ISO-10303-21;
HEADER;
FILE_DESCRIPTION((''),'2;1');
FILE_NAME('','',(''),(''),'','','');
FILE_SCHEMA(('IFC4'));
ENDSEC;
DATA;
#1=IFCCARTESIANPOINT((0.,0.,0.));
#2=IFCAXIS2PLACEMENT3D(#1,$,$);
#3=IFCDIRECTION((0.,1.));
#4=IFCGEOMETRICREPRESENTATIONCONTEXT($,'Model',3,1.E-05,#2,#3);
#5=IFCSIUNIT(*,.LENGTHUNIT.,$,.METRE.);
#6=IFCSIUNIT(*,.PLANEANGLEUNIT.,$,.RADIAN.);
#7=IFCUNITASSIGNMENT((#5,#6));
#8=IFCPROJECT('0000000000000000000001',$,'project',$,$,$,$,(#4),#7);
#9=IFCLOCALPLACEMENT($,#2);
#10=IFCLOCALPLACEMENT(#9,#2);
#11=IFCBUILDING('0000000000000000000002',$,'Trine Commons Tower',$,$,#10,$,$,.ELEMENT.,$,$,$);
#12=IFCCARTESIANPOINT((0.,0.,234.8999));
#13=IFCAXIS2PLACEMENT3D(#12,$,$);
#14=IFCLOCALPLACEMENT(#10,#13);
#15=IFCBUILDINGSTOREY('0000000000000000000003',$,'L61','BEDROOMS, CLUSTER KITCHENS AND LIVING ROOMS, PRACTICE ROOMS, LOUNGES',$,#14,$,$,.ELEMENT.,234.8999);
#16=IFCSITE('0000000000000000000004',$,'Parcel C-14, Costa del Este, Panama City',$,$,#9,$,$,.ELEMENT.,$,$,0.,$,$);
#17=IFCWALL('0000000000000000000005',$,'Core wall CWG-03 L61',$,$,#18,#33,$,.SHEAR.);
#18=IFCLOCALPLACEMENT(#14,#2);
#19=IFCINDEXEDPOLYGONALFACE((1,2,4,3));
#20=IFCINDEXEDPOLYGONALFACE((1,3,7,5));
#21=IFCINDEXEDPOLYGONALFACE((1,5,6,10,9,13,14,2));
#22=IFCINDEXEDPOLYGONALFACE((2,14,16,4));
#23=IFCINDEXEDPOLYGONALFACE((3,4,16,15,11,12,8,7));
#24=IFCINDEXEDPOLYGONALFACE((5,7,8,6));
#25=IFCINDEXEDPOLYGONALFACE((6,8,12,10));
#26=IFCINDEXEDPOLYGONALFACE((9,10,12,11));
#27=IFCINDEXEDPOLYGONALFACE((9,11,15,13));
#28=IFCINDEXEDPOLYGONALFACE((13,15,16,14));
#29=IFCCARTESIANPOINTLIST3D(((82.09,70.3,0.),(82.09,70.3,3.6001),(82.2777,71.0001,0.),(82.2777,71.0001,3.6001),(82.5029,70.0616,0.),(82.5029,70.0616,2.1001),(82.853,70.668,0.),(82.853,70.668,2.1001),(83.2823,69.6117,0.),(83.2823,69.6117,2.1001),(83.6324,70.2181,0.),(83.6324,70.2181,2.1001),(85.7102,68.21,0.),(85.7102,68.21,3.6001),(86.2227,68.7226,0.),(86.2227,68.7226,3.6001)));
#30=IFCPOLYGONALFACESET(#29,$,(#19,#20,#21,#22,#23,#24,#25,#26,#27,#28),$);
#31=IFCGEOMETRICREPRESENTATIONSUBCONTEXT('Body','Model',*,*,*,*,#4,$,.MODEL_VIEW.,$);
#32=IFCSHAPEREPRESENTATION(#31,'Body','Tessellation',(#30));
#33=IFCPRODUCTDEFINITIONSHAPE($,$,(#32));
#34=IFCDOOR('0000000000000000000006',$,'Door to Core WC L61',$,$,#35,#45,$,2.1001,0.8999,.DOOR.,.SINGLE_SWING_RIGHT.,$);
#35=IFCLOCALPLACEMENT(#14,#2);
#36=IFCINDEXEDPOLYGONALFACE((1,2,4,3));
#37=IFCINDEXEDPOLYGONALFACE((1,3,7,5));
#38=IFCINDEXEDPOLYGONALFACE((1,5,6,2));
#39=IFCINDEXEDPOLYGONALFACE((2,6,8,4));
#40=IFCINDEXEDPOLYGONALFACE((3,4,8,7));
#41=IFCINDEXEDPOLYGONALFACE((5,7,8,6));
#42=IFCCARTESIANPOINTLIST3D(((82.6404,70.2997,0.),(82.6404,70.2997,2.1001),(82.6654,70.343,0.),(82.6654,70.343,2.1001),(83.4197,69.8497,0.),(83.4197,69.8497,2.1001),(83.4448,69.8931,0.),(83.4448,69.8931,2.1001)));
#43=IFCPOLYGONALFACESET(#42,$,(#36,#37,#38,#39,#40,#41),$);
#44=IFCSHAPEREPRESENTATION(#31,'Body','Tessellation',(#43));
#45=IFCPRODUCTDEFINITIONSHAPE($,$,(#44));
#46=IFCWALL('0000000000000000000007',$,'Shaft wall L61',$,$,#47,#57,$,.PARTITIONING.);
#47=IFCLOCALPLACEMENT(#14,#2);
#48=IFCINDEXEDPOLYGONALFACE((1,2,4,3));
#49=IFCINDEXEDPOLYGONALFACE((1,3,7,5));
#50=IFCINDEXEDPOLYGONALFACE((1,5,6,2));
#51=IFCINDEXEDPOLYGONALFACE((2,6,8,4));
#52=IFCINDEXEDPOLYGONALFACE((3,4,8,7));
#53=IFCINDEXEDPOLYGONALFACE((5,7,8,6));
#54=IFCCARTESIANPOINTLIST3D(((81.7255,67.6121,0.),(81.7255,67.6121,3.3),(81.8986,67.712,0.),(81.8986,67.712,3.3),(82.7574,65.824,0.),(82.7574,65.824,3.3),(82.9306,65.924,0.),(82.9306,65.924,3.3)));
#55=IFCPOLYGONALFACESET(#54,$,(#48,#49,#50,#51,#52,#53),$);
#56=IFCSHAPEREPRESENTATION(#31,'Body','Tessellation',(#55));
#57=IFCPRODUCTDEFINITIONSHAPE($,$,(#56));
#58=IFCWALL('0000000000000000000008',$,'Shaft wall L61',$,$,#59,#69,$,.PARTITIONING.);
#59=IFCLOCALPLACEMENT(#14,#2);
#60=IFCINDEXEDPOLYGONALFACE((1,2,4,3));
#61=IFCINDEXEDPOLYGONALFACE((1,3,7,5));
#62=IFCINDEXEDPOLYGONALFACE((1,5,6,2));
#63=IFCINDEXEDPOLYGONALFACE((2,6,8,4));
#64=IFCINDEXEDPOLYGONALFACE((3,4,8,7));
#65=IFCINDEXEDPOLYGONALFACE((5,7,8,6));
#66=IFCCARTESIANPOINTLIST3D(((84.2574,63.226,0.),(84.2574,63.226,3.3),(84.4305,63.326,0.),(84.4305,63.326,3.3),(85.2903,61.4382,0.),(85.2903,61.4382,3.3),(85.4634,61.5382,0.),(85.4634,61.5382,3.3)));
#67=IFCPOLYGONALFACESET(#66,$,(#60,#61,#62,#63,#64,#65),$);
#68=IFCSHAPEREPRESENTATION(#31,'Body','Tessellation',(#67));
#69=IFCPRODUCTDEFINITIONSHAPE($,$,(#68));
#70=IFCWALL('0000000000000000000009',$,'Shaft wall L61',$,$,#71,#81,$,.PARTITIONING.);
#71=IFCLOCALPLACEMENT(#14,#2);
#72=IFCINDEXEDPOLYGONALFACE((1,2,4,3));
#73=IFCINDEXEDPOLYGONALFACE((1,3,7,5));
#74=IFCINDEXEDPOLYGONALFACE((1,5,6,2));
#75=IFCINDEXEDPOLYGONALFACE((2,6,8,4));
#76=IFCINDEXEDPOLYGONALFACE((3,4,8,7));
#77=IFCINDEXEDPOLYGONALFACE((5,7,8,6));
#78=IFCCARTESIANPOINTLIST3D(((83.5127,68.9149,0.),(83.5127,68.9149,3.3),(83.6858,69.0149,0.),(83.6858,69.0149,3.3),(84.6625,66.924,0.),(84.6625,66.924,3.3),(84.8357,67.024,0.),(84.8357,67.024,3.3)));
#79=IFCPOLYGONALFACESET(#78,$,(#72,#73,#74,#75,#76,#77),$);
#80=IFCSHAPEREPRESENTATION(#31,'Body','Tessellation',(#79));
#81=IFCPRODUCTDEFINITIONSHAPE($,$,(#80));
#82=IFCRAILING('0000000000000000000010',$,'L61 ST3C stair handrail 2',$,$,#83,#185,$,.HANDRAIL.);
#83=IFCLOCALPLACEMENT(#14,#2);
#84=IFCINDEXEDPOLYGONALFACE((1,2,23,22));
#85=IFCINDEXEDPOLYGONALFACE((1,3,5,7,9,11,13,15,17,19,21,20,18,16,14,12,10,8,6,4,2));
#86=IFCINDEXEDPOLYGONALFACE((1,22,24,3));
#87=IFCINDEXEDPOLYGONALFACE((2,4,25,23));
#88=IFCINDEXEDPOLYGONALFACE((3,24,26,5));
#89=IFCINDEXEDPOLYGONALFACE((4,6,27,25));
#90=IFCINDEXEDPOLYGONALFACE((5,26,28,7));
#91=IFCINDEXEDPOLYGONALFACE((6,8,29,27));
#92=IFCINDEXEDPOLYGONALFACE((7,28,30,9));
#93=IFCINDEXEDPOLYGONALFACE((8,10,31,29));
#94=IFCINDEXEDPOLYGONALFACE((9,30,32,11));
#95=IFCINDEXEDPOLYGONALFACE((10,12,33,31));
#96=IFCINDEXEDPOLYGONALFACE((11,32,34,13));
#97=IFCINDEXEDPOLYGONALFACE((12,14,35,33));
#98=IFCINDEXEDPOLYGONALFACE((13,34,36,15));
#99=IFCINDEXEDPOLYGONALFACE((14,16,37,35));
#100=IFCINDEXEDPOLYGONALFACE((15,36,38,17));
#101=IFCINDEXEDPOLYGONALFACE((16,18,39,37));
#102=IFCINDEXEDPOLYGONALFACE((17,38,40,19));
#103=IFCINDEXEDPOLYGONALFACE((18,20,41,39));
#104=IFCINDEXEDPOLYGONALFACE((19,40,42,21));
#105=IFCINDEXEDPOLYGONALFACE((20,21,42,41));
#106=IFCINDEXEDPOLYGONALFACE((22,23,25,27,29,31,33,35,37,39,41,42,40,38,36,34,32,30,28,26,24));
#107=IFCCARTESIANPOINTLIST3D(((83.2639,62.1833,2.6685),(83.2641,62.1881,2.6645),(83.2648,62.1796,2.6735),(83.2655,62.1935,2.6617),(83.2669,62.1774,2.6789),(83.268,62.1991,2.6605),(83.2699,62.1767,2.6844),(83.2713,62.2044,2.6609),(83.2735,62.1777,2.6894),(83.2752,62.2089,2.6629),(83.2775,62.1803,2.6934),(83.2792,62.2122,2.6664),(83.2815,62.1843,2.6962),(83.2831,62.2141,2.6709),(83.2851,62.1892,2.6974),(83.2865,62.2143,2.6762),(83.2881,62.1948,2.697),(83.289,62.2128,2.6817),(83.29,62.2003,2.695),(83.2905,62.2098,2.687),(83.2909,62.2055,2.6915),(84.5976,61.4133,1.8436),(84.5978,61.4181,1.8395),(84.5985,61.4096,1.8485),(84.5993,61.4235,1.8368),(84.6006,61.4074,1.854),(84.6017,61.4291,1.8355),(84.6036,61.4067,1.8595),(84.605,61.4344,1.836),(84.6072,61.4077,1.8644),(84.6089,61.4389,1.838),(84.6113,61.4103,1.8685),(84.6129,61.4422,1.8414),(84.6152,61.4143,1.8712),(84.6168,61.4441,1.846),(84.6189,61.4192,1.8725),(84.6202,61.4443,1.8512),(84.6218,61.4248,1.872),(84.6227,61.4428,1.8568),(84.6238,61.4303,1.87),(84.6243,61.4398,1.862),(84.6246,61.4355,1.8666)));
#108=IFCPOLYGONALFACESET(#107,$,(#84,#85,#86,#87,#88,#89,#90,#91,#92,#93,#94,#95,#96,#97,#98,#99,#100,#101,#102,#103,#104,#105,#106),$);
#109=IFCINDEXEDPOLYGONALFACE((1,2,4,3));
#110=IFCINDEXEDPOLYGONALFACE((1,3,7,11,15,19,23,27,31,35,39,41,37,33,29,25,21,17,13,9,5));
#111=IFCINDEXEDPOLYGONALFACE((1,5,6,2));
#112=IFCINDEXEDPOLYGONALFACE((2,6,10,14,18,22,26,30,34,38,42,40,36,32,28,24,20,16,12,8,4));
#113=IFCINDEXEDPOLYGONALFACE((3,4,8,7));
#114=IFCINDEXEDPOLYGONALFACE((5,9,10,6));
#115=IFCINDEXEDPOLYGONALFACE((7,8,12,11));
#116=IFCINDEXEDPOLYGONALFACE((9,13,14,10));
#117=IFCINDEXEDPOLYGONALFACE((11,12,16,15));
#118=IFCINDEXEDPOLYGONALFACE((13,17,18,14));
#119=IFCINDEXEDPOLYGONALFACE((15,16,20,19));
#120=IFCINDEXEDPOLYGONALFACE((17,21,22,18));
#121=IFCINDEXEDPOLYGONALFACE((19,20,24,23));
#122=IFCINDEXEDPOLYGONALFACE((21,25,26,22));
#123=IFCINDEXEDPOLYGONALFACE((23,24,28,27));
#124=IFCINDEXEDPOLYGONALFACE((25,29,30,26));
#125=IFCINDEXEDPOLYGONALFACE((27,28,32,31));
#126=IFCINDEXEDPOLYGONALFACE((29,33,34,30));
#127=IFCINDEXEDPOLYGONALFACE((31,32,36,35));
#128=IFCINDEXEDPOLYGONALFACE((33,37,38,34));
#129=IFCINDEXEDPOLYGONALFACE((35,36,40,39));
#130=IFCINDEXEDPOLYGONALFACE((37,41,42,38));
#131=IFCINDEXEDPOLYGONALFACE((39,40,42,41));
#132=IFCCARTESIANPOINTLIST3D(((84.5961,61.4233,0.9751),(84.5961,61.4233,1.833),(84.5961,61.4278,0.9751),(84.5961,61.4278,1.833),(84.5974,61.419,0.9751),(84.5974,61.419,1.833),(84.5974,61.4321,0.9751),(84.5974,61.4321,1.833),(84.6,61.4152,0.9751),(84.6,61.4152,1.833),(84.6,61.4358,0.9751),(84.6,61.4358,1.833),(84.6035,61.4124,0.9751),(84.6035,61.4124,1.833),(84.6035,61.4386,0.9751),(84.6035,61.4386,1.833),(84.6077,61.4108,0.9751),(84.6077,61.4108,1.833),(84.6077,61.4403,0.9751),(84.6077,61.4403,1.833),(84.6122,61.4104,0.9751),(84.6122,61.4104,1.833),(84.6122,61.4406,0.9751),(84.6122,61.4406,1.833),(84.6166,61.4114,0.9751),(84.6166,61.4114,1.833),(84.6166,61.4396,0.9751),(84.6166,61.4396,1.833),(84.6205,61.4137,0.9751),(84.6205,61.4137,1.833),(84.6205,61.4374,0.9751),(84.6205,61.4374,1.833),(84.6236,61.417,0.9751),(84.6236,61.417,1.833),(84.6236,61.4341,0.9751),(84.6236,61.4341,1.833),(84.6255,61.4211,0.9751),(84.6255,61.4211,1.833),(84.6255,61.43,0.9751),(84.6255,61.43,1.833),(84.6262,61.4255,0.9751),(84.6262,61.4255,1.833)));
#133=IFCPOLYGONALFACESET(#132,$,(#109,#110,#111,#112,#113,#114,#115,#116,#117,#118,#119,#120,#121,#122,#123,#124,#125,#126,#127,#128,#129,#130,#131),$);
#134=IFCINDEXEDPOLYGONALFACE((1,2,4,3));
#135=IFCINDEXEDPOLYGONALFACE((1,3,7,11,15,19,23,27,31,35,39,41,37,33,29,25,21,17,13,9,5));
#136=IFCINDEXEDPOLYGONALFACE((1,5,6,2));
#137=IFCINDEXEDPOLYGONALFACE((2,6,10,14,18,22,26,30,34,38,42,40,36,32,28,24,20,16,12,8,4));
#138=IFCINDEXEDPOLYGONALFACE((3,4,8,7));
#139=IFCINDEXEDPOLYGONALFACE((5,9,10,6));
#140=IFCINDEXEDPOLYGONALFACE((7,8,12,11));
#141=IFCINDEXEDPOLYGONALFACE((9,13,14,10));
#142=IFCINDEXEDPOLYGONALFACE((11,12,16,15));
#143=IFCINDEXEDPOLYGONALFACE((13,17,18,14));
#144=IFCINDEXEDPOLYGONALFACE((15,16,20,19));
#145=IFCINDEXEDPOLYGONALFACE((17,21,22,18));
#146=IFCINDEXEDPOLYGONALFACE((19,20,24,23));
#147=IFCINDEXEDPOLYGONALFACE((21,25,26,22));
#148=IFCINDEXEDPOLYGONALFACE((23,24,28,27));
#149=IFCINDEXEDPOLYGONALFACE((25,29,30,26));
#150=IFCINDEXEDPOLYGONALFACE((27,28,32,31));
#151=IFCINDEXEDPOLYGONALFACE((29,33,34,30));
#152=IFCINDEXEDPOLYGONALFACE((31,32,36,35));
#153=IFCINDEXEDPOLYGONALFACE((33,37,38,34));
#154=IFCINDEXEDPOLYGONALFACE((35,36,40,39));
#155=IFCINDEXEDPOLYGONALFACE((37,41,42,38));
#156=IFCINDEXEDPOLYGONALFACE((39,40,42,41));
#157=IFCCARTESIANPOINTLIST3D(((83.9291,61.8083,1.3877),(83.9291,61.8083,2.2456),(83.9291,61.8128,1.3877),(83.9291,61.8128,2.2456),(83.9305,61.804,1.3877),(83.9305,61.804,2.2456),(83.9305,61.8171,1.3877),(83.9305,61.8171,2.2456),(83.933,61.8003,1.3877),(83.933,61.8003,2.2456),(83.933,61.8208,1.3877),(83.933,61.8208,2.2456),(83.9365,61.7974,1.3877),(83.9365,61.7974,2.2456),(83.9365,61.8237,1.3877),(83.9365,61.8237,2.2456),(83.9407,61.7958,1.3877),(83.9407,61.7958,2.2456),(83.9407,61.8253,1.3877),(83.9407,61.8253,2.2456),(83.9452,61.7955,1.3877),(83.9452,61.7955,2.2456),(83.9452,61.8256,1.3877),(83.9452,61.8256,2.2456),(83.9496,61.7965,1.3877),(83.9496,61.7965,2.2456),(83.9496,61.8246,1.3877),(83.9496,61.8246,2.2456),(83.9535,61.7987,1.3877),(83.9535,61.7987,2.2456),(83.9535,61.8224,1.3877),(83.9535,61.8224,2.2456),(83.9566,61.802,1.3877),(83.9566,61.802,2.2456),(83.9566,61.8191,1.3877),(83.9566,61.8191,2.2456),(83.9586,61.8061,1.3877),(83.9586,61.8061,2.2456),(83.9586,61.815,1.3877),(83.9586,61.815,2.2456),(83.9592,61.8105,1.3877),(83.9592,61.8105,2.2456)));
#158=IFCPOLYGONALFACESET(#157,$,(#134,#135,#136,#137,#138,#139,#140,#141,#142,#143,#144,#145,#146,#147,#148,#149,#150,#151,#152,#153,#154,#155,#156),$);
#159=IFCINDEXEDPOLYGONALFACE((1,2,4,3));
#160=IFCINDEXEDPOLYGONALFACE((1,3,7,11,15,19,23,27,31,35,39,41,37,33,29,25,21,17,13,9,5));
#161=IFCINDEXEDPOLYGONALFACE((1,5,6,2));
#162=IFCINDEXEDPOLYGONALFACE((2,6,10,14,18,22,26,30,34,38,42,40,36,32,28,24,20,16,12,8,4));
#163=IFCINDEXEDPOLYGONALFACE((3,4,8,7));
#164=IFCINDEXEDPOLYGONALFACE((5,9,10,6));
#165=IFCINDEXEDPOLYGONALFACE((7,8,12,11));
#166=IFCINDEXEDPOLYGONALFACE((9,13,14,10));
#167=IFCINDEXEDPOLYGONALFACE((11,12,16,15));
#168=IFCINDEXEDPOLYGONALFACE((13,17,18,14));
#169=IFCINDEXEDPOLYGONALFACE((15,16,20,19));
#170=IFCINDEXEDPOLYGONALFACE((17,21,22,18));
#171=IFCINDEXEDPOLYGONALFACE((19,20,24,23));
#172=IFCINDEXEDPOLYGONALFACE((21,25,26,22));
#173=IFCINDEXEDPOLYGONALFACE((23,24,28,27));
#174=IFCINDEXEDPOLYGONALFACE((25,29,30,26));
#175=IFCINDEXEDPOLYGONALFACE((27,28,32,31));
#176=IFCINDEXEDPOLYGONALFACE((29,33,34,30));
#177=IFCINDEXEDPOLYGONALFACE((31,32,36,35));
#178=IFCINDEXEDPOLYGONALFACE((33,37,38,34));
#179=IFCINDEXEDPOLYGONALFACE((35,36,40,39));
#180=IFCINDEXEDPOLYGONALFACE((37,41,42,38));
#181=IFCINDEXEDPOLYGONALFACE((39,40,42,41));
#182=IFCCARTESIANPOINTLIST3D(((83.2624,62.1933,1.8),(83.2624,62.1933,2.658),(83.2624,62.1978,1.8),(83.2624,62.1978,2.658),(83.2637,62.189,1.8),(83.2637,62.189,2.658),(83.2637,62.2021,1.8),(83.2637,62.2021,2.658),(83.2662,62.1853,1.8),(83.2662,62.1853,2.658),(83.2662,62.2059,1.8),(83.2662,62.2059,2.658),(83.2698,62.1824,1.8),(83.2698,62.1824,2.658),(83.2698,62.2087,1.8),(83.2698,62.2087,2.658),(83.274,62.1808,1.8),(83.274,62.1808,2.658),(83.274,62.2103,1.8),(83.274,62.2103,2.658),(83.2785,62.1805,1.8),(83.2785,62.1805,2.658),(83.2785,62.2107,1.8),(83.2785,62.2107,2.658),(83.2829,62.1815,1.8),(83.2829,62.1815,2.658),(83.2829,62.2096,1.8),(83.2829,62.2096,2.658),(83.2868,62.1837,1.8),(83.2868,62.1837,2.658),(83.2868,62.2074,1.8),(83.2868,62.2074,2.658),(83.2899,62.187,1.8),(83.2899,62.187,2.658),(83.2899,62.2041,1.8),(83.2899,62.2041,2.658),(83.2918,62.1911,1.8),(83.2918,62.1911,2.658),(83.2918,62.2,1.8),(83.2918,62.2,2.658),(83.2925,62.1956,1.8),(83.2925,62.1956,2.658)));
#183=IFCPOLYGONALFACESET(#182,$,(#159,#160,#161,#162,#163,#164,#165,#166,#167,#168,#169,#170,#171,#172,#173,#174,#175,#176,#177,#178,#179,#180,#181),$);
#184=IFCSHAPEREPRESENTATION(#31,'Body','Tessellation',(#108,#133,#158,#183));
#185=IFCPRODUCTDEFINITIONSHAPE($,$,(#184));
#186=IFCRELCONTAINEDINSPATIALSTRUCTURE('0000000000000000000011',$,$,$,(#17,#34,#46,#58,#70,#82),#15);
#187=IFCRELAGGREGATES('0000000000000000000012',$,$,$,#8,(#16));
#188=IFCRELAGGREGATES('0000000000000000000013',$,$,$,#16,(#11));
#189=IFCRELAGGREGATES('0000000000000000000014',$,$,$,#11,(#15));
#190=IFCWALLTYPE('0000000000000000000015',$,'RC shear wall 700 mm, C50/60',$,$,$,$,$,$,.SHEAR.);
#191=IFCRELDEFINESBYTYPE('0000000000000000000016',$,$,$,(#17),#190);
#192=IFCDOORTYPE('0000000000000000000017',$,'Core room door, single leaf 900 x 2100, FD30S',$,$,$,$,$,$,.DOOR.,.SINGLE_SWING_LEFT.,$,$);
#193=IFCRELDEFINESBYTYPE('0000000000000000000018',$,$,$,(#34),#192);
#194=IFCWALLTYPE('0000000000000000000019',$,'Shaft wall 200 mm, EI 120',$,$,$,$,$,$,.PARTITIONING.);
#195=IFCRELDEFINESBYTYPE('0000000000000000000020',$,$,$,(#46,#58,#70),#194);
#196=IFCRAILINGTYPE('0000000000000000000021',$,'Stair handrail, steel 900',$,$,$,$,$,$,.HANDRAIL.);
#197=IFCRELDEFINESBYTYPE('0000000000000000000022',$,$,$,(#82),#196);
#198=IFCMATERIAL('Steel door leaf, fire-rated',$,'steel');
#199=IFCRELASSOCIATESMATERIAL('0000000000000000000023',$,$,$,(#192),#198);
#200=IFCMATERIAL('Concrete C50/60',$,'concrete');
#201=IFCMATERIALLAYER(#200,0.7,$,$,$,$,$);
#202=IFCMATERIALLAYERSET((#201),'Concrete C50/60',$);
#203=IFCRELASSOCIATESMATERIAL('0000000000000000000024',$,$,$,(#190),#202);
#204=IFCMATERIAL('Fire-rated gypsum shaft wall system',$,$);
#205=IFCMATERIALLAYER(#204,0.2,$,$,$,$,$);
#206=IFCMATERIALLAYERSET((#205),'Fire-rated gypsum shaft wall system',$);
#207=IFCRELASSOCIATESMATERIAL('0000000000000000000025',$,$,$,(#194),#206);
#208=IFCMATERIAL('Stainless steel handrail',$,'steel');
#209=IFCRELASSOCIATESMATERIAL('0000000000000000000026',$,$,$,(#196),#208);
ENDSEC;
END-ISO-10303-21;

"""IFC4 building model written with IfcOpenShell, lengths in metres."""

from ifc_helpers import new_model, si_unit, direction, frame, frame_2d, origin, origin_2d, place, context, subcontext, project, spatial, polyline, rectangle, circle, outline, extrude, material, layer, layer_set, type_object, element, fill, save


model = new_model("IFC4")

# Units and contexts
model_context = context("Model", 3, precision=1e-05, world=origin(), true_north=direction((0.0, 1.0)))
body_context = subcontext(model_context, "Body", "Model", "MODEL_VIEW")
ifc_project = project(units=[si_unit("LENGTHUNIT", "METRE"), si_unit("PLANEANGLEUNIT", "RADIAN")], contexts=[model_context])

# Site, building, storey
site_placement = place(None, origin())
site = spatial("IfcSite", under=ifc_project, at=site_placement, Name="Parcel C-14, Costa del Este, Panama City", CompositionType="ELEMENT", RefElevation=0.0)
building_placement = place(site_placement, origin())
building = spatial("IfcBuilding", under=site, at=building_placement, Name="Trine Commons Tower", CompositionType="ELEMENT")
storey_placement = place(building_placement, frame((0.0, 0.0, 234.8999)))
storey = spatial("IfcBuildingStorey", under=building, at=storey_placement, Name="L61", Description="BEDROOMS, CLUSTER KITCHENS AND LIVING ROOMS, PRACTICE ROOMS, LOUNGES", CompositionType="ELEMENT", Elevation=234.8999)

# Shared definitions
ifc_material_1 = material(Name="Steel door leaf, fire-rated", Category="steel")
door_type_1 = type_object("IfcDoorType", Name="Core room door, single leaf 900 x 2100, FD30S", OperationType="SINGLE_SWING_LEFT", PredefinedType="DOOR", material=ifc_material_1)
ifc_material_2 = material(Name="Fire-rated gypsum shaft wall system")
ifc_material_3 = material(Name="Concrete C50/60", Category="concrete")

# Wall, opening, door
ifc_layer_1 = layer(ifc_material_3, 0.7)
ifc_layer_set_1 = layer_set([ifc_layer_1], Name="Concrete C50/60")
wall_type_1 = type_object("IfcWallType", Name="RC shear wall 700 mm, C50/60", PredefinedType="SHEAR", material=ifc_layer_set_1)
wall_1_placement = place(storey_placement, frame((86.0476, 68.4194, 0.0), z_axis=(0.0, 0.0, 1.0), x_axis=(-0.866035, 0.499984, 0.0)))
wall_1 = element("IfcWall", 1, at=wall_1_placement, inside=storey, type_object=wall_type_1, Name="Core wall CWG-03 L61", PredefinedType="SHEAR", context=body_context, shape_type="SweptSolid", body=[
    extrude(outline(polyline([(0.0, -0.3501), (4.5552, -0.3501), (4.3677, 0.3501), (0.1875, 0.3501), (0.0, -0.3501)])), origin(), (0.0, 0.0, 1.0), 3.6001),
])
opening_1_placement = place(wall_1_placement, frame((2.991, 0.0, 0.0)))
opening_1 = element("IfcOpeningElement", 2, at=opening_1_placement, cuts=wall_1, PredefinedType="OPENING", context=body_context, shape_type="SweptSolid", body=[
    extrude(rectangle(XDim=0.8999, YDim=2.1001, at=frame_2d((0.45, 1.05))), frame((0.0, 0.3599, 0.0), z_axis=(0.0, -1.0, 0.0), x_axis=(1.0, 0.0, 0.0)), (0.0, 0.0, 1.0), 0.72),
])
door_1_placement = place(opening_1_placement, origin())
door_1 = element("IfcDoor", 3, at=door_1_placement, inside=storey, type_object=door_type_1, Name="Door to Core WC L61", OperationType="SINGLE_SWING_RIGHT", OverallHeight=2.1001, OverallWidth=0.8999, PredefinedType="DOOR", context=body_context, shape_type="SweptSolid", body=[
    extrude(rectangle(XDim=0.8999, YDim=2.1001, at=frame_2d((0.45, 1.05))), frame((0.0, 0.0752, 0.0), z_axis=(0.0, -1.0, 0.0), x_axis=(1.0, 0.0, 0.0)), (0.0, 0.0, 1.0), 0.05),
])
fill(opening_1, door_1)

# Walls
ifc_layer_2 = layer(ifc_material_2, 0.2)
ifc_layer_set_2 = layer_set([ifc_layer_2], Name="Fire-rated gypsum shaft wall system")
wall_type_2 = type_object("IfcWallType", Name="Shaft wall 200 mm, EI 120", PredefinedType="PARTITIONING", material=ifc_layer_set_2)
wall_2_placement = place(storey_placement, frame((82.844, 65.874, 0.0), z_axis=(0.0, 0.0, 1.0), x_axis=(-0.499866, 0.866103, 0.0)))
element("IfcWall", 4, at=wall_2_placement, inside=storey, type_object=wall_type_2, Name="Shaft wall L61", PredefinedType="PARTITIONING", context=body_context, shape_type="SweptSolid", body=[
    extrude(rectangle(XDim=2.0645, YDim=0.2, at=frame_2d((1.0322, 0.0))), origin(), (0.0, 0.0, 1.0), 3.3),
])
wall_3_placement = place(storey_placement, frame((84.344, 63.2759, 0.0), z_axis=(0.0, 0.0, 1.0), x_axis=(0.500272, -0.865868, 0.0)))
element("IfcWall", 5, at=wall_3_placement, inside=storey, type_object=wall_type_2, Name="Shaft wall L61", PredefinedType="PARTITIONING", context=body_context, shape_type="SweptSolid", body=[
    extrude(rectangle(XDim=2.0647, YDim=0.2, at=frame_2d((1.0322, 0.0))), origin(), (0.0, 0.0, 1.0), 3.3),
])
wall_4_placement = place(storey_placement, frame((84.749, 66.9741, 0.0), z_axis=(0.0, 0.0, 1.0), x_axis=(-0.500136, 0.865947, 0.0)))
element("IfcWall", 6, at=wall_4_placement, inside=storey, type_object=wall_type_2, Name="Shaft wall L61", PredefinedType="PARTITIONING", context=body_context, shape_type="SweptSolid", body=[
    extrude(rectangle(XDim=2.2991, YDim=0.2, at=frame_2d((1.1494, 0.0))), origin(), (0.0, 0.0, 1.0), 3.3),
])

# Railing
ifc_material_4 = material(Name="Stainless steel handrail", Category="steel")
railing_type = type_object("IfcRailingType", Name="Stair handrail, steel 900", PredefinedType="HANDRAIL", material=ifc_material_4)
railing_placement = place(storey_placement, frame((84.6111, 61.4255, 0.9751)))
element("IfcRailing", 7, at=railing_placement, inside=storey, type_object=railing_type, Name="L61 ST3C stair handrail 2", PredefinedType="HANDRAIL", context=body_context, shape_type="SweptSolid", body=[
    extrude(circle(Radius=0.021, at=origin_2d()), frame((0.0, 0.0, 0.8789), z_axis=(-0.763405, 0.440743, 0.472185), x_axis=(-0.499992, -0.86603, 0.0)), (0.0, 0.0, 1.0), 1.7471),
    extrude(circle(Radius=0.0151, at=origin_2d()), origin(), (0.0, 0.0, 1.0), 0.8579),
    extrude(circle(Radius=0.0151, at=origin_2d()), frame((-0.667, 0.385, 0.4126)), (0.0, 0.0, 1.0), 0.8579),
    extrude(circle(Radius=0.0151, at=origin_2d()), frame((-1.3337, 0.77, 0.825)), (0.0, 0.0, 1.0), 0.8579),
])

save(model, "model.ifc")
